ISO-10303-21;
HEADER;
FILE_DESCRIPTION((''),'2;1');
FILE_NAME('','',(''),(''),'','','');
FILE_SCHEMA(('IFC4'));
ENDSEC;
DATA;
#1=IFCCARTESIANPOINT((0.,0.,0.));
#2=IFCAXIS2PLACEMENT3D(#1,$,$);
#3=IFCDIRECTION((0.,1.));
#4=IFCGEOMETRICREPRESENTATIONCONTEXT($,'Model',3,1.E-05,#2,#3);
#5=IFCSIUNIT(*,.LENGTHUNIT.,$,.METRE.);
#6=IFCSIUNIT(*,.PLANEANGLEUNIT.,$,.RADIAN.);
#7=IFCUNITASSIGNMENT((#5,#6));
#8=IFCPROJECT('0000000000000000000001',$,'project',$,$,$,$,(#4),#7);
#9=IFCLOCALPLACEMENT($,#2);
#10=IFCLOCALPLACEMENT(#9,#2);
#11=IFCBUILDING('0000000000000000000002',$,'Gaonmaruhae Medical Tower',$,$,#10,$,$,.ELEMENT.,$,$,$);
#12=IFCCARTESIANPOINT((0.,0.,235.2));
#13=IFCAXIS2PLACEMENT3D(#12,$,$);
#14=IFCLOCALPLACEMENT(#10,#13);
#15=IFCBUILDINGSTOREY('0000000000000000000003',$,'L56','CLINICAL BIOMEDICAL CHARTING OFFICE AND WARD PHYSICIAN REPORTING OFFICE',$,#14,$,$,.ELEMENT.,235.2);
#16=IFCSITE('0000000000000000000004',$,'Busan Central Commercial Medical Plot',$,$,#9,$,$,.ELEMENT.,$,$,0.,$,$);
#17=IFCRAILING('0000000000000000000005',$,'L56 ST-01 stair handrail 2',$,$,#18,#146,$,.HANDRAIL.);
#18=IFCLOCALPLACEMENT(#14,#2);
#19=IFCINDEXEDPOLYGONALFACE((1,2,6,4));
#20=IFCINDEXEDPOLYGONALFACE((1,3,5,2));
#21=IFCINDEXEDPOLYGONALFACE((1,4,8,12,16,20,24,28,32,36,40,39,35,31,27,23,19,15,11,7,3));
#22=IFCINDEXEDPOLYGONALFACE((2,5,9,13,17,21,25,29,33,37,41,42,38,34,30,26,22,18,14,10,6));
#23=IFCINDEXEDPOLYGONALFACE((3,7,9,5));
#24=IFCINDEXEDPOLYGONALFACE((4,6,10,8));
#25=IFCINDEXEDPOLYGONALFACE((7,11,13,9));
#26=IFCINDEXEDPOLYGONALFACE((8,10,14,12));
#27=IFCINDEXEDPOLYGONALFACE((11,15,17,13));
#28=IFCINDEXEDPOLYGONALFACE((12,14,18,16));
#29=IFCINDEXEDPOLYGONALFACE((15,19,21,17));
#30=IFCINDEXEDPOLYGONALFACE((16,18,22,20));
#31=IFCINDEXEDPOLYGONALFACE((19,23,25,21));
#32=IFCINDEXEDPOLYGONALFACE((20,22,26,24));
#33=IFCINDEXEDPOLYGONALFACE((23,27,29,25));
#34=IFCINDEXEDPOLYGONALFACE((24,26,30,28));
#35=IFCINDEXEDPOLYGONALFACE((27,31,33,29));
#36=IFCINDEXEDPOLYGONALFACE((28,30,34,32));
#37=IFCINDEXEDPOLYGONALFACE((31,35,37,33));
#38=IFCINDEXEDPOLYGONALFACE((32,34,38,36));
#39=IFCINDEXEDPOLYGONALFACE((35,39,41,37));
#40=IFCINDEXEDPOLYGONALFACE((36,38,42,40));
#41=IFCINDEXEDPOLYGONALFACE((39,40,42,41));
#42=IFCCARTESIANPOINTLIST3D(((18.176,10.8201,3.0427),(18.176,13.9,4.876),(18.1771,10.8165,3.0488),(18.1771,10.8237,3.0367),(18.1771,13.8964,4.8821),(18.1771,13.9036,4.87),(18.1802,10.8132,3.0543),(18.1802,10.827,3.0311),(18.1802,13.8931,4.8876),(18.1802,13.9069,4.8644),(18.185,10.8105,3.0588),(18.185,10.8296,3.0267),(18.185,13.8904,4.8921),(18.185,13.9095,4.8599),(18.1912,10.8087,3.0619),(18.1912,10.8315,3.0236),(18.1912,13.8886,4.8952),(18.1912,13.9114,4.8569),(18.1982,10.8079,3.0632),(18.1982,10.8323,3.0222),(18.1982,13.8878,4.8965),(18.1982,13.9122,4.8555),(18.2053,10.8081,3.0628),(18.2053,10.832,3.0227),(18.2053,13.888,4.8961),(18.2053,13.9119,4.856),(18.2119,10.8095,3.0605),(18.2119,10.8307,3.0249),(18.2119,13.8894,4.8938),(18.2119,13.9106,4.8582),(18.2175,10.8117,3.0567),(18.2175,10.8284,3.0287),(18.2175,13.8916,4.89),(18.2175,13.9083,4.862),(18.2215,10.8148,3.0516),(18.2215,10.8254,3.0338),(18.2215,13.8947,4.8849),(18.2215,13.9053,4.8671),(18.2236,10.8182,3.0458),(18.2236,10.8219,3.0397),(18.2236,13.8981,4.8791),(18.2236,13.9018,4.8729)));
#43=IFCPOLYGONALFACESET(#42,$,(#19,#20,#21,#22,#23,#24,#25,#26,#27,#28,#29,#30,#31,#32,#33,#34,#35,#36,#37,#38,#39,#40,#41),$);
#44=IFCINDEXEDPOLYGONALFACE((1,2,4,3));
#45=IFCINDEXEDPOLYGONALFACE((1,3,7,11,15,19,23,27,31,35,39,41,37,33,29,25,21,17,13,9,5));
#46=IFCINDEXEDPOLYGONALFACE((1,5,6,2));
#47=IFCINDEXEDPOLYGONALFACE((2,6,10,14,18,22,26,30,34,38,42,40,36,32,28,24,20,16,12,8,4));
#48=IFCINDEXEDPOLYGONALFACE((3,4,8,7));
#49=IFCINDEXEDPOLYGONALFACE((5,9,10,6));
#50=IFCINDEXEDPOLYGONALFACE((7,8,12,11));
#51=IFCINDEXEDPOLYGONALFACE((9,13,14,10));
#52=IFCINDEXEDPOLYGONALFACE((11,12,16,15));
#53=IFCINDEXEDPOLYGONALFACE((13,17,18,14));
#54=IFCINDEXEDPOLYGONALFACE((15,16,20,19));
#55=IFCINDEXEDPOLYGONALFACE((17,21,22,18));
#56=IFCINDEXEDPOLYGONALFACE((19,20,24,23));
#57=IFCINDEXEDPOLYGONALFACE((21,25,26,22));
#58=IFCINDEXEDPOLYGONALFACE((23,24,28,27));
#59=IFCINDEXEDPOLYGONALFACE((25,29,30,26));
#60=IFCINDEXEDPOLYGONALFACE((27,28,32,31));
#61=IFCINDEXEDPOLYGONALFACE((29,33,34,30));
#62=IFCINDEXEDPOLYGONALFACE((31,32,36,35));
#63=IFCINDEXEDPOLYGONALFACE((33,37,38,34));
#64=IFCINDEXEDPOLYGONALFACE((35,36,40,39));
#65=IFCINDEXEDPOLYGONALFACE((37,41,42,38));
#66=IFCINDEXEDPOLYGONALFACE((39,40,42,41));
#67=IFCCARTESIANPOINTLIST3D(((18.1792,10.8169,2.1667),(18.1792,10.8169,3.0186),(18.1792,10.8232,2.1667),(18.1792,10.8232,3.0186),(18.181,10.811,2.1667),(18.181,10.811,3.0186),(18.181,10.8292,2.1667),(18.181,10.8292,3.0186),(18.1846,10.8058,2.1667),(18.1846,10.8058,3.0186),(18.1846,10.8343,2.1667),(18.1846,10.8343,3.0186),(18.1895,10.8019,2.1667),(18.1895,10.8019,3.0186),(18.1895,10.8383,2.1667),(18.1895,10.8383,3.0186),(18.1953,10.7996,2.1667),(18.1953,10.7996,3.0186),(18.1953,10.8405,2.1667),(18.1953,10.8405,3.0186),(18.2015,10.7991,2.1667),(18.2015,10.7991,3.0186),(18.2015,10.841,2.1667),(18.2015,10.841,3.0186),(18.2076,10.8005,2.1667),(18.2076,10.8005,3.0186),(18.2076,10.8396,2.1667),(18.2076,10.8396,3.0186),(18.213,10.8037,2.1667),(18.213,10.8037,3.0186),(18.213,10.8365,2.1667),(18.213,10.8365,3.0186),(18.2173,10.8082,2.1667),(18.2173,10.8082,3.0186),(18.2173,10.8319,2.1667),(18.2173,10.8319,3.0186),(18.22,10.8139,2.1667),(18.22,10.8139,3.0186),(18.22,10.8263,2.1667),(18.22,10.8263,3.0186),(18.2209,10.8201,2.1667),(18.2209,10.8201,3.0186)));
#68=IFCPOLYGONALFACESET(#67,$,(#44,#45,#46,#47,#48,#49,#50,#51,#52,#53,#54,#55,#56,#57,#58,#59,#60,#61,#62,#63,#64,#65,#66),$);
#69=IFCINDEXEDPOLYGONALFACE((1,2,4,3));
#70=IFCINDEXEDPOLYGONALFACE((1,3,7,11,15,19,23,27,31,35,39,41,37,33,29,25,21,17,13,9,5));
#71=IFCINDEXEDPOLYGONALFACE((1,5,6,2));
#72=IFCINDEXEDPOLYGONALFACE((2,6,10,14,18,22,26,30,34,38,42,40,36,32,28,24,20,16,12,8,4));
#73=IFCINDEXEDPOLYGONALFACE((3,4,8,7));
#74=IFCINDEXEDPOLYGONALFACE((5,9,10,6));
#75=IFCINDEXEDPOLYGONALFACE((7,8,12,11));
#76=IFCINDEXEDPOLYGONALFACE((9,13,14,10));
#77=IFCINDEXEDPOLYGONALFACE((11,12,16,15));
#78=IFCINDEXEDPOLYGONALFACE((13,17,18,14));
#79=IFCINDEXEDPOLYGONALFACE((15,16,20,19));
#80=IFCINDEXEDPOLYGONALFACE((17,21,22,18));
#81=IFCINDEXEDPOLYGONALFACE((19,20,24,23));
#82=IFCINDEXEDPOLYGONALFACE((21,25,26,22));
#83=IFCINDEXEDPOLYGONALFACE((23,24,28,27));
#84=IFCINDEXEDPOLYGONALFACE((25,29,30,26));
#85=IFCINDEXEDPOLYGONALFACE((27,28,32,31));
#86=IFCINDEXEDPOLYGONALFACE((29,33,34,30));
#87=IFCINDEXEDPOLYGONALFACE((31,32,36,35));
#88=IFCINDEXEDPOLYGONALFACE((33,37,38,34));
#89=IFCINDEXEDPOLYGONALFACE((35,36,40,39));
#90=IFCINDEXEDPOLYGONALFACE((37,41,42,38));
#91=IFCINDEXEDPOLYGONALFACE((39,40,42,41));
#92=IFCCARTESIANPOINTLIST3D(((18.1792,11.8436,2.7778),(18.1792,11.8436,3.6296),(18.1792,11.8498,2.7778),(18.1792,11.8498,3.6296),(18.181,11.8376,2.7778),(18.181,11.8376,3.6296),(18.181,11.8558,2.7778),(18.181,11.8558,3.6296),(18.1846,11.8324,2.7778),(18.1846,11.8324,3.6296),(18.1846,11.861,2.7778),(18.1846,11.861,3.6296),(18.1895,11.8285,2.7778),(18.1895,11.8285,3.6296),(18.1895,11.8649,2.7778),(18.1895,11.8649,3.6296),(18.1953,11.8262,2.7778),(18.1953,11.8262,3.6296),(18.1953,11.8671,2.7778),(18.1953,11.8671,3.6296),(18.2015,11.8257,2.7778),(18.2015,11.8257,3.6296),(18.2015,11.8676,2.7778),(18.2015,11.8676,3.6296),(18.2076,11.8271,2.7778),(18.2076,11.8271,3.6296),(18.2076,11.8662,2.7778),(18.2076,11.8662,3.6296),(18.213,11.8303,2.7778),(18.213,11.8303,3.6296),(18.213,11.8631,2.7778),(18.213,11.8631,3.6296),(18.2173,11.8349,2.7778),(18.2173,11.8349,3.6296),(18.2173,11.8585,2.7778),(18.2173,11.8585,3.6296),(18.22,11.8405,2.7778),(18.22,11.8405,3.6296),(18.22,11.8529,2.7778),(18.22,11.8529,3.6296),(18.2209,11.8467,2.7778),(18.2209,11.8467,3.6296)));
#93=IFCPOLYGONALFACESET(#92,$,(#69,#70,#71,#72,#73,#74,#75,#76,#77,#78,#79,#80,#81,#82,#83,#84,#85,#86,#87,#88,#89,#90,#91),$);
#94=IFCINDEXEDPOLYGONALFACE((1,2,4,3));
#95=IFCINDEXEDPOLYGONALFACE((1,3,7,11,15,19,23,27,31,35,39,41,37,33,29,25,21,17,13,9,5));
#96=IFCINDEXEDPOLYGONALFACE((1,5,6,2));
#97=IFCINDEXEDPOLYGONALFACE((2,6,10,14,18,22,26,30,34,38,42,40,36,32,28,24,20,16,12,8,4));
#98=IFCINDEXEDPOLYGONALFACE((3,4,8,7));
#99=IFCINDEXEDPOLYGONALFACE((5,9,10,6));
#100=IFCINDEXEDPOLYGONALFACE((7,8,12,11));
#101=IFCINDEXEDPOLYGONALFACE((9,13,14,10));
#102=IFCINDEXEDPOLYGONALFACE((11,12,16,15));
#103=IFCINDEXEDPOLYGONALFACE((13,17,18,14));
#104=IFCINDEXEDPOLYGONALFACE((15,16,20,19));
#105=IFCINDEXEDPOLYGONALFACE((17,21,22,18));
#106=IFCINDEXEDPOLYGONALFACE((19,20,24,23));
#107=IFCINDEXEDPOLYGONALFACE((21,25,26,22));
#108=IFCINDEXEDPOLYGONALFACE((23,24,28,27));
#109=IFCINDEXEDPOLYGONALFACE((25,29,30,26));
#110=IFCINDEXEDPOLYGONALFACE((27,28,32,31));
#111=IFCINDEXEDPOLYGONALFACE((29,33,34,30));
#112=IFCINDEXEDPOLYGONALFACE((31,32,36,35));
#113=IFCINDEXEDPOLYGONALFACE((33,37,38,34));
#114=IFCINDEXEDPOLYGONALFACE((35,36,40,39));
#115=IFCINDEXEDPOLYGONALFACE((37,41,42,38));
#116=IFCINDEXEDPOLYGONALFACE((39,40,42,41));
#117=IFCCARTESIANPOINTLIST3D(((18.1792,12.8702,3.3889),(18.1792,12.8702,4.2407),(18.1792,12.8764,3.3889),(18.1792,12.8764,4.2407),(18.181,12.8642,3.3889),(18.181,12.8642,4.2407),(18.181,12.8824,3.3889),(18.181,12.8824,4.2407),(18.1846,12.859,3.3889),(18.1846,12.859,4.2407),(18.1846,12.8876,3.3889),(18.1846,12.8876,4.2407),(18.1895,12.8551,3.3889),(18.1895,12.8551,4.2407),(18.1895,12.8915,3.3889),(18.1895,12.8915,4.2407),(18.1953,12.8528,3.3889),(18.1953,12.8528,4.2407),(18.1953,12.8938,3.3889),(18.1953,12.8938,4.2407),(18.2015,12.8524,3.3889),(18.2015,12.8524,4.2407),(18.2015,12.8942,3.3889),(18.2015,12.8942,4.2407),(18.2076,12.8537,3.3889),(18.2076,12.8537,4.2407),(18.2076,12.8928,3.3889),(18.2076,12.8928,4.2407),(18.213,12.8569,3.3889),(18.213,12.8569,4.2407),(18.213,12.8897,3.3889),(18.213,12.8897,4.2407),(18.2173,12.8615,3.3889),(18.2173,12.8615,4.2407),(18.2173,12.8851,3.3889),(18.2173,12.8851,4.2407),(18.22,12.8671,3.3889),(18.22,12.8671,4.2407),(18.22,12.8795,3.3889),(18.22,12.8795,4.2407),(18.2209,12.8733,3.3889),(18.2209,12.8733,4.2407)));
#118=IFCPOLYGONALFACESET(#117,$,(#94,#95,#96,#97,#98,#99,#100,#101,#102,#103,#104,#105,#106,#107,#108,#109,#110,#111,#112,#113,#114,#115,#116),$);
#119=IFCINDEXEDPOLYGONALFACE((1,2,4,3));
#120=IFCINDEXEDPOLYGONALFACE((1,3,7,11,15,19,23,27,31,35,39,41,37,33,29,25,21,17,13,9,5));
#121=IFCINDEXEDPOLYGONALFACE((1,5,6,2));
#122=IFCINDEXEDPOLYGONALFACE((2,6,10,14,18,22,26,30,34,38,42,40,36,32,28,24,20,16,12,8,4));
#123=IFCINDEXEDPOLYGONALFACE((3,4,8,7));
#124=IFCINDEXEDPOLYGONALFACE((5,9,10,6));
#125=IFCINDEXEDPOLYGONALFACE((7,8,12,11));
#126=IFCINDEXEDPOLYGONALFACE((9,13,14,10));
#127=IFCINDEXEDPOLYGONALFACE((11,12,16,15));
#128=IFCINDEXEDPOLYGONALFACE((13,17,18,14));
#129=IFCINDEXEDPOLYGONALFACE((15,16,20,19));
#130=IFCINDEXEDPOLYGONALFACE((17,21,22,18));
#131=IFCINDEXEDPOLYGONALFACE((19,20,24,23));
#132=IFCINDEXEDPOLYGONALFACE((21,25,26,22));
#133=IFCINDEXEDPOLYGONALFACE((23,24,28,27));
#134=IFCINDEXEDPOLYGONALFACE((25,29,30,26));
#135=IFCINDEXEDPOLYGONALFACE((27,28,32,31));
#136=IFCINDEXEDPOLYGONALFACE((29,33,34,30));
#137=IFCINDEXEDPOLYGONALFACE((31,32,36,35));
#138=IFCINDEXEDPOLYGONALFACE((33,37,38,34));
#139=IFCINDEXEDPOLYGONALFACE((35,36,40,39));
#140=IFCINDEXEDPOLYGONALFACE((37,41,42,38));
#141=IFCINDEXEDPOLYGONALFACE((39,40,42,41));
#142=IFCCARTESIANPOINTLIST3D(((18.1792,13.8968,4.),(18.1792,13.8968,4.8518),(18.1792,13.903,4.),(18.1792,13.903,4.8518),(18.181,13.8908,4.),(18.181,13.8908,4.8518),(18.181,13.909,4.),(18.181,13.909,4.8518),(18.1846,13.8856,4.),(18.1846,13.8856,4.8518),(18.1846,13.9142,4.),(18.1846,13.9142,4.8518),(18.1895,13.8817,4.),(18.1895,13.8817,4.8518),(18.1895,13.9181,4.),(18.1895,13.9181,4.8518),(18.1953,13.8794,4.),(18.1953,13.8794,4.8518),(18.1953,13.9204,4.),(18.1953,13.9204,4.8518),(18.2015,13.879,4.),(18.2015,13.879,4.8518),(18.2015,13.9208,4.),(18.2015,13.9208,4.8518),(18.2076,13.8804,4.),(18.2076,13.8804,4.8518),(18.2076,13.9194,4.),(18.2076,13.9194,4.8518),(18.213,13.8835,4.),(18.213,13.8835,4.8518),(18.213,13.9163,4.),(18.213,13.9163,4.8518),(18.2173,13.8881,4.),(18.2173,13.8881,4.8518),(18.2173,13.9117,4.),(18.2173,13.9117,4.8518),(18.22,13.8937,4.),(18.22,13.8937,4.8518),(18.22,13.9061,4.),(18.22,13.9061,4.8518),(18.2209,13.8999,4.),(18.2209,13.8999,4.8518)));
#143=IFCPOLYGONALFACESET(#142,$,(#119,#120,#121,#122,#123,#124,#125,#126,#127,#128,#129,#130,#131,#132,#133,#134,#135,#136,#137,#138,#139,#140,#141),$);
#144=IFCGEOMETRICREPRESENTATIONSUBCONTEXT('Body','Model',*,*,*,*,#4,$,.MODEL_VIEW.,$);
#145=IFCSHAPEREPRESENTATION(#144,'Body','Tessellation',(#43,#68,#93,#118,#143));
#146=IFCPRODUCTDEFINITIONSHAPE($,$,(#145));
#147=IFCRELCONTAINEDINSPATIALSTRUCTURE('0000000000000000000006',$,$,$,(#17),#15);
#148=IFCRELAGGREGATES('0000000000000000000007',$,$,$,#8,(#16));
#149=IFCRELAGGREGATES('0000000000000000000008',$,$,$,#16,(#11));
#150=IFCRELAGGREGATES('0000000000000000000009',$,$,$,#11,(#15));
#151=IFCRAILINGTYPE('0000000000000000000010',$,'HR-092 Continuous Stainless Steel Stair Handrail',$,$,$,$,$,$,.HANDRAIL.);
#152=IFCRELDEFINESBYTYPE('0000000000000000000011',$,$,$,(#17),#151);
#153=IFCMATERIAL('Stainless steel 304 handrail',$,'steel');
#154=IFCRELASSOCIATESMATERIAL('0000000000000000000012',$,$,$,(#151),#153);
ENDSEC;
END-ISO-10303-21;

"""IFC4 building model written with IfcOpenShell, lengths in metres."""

from ifc_helpers import new_model, si_unit, direction, frame, origin, origin_2d, place, context, subcontext, project, spatial, circle, extrude, material, type_object, element, save


model = new_model("IFC4")

# Units and contexts
model_context = context("Model", 3, precision=1e-05, world=origin(), true_north=direction((0.0, 1.0)))
body_context = subcontext(model_context, "Body", "Model", "MODEL_VIEW")
ifc_project = project(units=[si_unit("LENGTHUNIT", "METRE"), si_unit("PLANEANGLEUNIT", "RADIAN")], contexts=[model_context])

# Site, building, storey
site_placement = place(None, origin())
site = spatial("IfcSite", under=ifc_project, at=site_placement, Name="Busan Central Commercial Medical Plot", CompositionType="ELEMENT", RefElevation=0.0)
building_placement = place(site_placement, origin())
building = spatial("IfcBuilding", under=site, at=building_placement, Name="Gaonmaruhae Medical Tower", CompositionType="ELEMENT")
storey_placement = place(building_placement, frame((0.0, 0.0, 235.2)))
storey = spatial("IfcBuildingStorey", under=building, at=storey_placement, Name="L56", Description="CLINICAL BIOMEDICAL CHARTING OFFICE AND WARD PHYSICIAN REPORTING OFFICE", CompositionType="ELEMENT", Elevation=235.2)

# Railing
ifc_material_1 = material(Name="Stainless steel 304 handrail", Category="steel")
railing_type_1 = type_object("IfcRailingType", Name="HR-092 Continuous Stainless Steel Stair Handrail", PredefinedType="HANDRAIL", material=ifc_material_1)
railing_1_placement = place(storey_placement, frame((18.2, 10.8201, 2.1667)))
element("IfcRailing", 1, at=railing_1_placement, inside=storey, type_object=railing_type_1, Name="L56 ST-01 stair handrail 2", PredefinedType="HANDRAIL", context=body_context, shape_type="SweptSolid", body=[
    extrude(circle(Radius=0.0239, at=origin_2d()), frame((0.0, 0.0, 0.876), z_axis=(0.0, 0.859291, 0.511487), x_axis=(-1.0, 0.0, 0.0)), (0.0, 0.0, 1.0), 3.5842),
    extrude(circle(Radius=0.021, at=origin_2d()), origin(), (0.0, 0.0, 1.0), 0.8518),
    extrude(circle(Radius=0.021, at=origin_2d()), frame((0.0, 1.0266, 0.6111)), (0.0, 0.0, 1.0), 0.8518),
    extrude(circle(Radius=0.021, at=origin_2d()), frame((0.0, 2.0532, 1.2222)), (0.0, 0.0, 1.0), 0.8518),
    extrude(circle(Radius=0.021, at=origin_2d()), frame((0.0, 3.0798, 1.8333)), (0.0, 0.0, 1.0), 0.8518),
])

save(model, "model.ifc")
